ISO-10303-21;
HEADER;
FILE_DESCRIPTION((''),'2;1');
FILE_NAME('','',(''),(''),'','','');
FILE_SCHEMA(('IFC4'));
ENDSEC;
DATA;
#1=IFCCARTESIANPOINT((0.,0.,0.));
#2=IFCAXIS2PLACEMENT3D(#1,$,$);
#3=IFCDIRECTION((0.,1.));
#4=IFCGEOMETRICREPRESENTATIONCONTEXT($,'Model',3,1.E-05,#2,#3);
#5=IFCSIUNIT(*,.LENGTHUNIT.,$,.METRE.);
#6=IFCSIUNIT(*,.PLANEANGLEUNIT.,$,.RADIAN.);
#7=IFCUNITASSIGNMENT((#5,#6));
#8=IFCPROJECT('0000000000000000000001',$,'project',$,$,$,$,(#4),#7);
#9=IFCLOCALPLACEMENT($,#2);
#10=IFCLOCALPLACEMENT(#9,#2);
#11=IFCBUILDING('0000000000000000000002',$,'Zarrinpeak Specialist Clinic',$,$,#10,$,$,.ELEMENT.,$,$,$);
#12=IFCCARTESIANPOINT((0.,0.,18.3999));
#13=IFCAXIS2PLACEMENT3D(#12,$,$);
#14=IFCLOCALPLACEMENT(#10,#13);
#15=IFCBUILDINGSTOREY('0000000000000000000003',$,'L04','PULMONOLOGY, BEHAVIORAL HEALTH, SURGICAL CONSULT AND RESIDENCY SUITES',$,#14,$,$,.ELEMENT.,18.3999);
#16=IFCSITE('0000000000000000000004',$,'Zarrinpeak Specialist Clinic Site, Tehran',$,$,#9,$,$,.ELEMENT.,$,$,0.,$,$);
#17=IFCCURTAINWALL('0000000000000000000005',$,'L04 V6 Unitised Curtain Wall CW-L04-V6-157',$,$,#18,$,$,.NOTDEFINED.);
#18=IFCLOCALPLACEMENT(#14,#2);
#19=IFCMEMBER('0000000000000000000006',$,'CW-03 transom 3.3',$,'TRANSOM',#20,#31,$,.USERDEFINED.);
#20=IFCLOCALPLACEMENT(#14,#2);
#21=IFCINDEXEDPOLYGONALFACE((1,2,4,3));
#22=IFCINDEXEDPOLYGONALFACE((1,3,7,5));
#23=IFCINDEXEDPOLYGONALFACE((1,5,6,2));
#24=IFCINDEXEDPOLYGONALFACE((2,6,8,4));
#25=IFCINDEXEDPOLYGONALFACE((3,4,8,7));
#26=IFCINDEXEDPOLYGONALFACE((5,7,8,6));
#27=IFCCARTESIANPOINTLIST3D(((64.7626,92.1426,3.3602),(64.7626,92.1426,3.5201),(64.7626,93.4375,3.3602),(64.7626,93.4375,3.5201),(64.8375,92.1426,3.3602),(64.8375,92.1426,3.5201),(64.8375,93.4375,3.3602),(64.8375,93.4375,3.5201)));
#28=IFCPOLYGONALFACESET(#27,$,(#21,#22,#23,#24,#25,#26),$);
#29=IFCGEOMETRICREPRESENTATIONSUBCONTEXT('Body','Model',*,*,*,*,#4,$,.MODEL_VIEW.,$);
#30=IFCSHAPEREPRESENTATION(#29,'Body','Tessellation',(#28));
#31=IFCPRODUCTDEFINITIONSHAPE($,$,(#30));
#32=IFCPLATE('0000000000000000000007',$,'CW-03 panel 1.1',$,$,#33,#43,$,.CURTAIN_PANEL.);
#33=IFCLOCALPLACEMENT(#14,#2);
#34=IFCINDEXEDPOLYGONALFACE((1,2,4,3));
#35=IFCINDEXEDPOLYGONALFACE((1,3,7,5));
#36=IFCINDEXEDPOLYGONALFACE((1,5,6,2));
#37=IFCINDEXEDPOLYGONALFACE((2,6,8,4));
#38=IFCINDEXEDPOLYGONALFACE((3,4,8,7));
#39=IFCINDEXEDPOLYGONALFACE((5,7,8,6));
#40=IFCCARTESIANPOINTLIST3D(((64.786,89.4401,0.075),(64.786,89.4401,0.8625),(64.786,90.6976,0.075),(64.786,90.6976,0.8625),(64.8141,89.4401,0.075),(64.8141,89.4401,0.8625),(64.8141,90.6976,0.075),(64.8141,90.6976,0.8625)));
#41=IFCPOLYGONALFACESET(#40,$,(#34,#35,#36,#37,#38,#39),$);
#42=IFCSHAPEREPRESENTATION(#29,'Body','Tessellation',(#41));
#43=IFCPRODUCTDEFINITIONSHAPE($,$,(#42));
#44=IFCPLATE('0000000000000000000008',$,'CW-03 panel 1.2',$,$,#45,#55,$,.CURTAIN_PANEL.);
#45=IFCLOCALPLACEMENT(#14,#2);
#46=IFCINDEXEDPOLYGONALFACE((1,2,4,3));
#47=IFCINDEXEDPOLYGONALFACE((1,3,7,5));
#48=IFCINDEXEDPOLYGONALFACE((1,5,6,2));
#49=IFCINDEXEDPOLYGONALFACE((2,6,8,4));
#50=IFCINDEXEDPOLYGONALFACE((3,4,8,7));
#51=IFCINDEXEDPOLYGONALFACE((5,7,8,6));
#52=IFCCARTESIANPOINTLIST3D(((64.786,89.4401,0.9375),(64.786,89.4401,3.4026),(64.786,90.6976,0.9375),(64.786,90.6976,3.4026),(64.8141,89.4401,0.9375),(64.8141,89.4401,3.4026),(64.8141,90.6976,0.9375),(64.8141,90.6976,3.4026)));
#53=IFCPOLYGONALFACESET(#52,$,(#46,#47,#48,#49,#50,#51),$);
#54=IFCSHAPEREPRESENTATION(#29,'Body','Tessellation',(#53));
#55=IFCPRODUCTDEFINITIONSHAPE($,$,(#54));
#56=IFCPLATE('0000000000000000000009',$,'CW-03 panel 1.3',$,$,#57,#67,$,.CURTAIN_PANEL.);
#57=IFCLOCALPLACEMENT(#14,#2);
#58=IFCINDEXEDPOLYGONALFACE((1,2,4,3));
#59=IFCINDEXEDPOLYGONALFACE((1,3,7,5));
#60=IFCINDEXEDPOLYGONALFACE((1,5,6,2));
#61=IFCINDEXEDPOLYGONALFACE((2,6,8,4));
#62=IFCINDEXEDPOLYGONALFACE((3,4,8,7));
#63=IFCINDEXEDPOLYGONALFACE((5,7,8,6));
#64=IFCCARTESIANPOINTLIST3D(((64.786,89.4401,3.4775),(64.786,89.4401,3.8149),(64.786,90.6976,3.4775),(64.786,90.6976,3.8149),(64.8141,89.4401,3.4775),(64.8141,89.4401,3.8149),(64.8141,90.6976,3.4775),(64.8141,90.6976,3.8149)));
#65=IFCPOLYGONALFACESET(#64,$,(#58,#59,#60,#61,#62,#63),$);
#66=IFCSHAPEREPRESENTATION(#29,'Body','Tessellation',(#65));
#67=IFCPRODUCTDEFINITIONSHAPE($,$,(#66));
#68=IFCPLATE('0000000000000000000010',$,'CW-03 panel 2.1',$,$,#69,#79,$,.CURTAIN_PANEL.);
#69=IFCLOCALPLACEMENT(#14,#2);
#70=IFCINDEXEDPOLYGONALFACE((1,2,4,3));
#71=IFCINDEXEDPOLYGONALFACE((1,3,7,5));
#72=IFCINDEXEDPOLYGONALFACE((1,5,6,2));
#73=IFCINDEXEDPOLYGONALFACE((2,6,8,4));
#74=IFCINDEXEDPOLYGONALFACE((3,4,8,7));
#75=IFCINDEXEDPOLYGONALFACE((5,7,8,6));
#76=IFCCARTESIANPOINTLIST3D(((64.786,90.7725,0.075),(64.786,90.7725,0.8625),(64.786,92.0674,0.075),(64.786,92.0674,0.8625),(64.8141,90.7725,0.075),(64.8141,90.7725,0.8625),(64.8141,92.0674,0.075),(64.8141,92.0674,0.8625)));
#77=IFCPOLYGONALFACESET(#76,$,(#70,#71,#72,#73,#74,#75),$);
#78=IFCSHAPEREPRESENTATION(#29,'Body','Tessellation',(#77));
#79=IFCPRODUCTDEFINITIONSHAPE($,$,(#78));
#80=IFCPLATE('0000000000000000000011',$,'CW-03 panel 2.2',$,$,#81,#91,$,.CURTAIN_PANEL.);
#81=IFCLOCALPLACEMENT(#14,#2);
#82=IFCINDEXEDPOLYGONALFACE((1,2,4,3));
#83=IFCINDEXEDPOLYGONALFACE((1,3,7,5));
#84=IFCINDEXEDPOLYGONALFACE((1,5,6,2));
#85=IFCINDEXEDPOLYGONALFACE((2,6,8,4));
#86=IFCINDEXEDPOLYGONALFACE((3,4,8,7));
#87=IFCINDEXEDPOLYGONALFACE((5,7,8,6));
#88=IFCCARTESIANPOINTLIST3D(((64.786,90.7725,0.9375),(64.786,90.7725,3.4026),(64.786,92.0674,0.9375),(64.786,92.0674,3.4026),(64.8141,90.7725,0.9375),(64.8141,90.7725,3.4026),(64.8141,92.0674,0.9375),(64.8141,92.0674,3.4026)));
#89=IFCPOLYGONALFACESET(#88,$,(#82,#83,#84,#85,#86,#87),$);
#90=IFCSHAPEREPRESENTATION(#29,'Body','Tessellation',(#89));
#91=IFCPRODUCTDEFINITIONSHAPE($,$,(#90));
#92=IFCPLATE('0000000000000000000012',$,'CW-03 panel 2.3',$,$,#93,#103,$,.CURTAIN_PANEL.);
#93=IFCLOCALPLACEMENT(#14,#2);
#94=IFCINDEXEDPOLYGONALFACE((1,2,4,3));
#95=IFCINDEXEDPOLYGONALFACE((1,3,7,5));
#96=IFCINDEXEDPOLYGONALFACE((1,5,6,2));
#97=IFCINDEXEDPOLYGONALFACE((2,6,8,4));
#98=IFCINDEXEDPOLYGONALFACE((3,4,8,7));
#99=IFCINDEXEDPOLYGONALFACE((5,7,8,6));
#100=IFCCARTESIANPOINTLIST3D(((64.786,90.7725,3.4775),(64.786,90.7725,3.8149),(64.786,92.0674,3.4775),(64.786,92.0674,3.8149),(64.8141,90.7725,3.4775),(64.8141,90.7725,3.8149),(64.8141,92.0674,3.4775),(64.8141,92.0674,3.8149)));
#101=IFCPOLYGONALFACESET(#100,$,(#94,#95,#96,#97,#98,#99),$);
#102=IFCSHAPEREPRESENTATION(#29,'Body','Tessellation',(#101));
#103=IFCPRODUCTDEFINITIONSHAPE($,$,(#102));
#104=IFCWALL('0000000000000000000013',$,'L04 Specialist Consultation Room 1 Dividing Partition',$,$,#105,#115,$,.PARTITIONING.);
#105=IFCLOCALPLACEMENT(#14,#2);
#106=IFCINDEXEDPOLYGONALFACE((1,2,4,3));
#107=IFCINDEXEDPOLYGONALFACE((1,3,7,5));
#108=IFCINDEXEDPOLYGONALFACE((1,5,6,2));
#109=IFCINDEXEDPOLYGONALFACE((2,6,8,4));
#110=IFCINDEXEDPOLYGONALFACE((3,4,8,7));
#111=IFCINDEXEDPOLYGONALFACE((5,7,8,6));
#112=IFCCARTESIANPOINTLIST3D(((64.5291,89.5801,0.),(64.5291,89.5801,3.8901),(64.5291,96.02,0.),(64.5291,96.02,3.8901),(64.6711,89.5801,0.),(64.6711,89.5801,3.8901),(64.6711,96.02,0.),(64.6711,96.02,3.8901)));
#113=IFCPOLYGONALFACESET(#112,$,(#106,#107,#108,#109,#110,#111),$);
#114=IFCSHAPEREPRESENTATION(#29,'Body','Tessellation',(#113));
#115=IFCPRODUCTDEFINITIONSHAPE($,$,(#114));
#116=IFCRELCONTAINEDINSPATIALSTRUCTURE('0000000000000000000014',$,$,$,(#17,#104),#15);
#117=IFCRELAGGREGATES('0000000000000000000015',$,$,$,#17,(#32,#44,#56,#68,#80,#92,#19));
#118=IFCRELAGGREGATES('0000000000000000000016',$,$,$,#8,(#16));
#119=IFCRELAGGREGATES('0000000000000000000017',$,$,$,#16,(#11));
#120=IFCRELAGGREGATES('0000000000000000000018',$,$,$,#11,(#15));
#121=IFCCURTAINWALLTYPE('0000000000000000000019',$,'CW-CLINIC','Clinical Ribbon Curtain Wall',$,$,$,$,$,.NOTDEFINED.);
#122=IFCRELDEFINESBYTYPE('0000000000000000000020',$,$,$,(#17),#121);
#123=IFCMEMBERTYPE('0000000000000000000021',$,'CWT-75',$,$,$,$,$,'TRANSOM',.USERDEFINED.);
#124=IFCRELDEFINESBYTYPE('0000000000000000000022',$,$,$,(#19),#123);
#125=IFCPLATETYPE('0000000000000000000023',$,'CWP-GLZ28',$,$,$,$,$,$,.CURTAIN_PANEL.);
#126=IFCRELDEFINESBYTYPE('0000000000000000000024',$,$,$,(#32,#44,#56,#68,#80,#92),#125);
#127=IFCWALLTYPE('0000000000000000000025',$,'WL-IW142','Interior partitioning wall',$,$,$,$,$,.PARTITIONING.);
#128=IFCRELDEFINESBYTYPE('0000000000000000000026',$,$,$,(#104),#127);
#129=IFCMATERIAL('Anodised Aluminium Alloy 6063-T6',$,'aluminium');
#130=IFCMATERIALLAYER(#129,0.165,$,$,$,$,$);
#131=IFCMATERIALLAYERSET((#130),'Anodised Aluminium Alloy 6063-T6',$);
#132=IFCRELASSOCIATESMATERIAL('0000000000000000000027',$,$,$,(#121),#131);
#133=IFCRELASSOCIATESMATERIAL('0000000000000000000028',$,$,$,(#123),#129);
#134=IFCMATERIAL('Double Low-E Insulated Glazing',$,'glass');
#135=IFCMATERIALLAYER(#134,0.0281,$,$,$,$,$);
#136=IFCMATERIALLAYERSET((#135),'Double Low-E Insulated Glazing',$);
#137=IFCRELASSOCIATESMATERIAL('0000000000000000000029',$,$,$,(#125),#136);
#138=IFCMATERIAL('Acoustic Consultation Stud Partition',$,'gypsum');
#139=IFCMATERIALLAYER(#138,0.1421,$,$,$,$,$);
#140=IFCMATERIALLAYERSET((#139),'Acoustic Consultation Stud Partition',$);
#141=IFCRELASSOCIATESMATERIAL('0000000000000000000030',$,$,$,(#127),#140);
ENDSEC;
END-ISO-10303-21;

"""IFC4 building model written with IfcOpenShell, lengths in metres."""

from ifc_helpers import new_model, si_unit, direction, frame, frame_2d, origin, origin_2d, place, context, subcontext, project, spatial, rectangle, extrude, material, layer, layer_set, material_profile, profile_set, type_object, element, aggregate, save


model = new_model("IFC4")

# Units and contexts
model_context = context("Model", 3, precision=1e-05, world=origin(), true_north=direction((0.0, 1.0)))
body_context = subcontext(model_context, "Body", "Model", "MODEL_VIEW")
ifc_project = project(units=[si_unit("LENGTHUNIT", "METRE"), si_unit("PLANEANGLEUNIT", "RADIAN")], contexts=[model_context])

# Site, building, storey
site_placement = place(None, origin())
site = spatial("IfcSite", under=ifc_project, at=site_placement, Name="Zarrinpeak Specialist Clinic Site, Tehran", CompositionType="ELEMENT", RefElevation=0.0)
building_placement = place(site_placement, origin())
building = spatial("IfcBuilding", under=site, at=building_placement, Name="Zarrinpeak Specialist Clinic", CompositionType="ELEMENT")
storey_placement = place(building_placement, frame((0.0, 0.0, 18.3999)))
storey = spatial("IfcBuildingStorey", under=building, at=storey_placement, Name="L04", Description="PULMONOLOGY, BEHAVIORAL HEALTH, SURGICAL CONSULT AND RESIDENCY SUITES", CompositionType="ELEMENT", Elevation=18.3999)

# Curtain wall, member, plates
ifc_material_1 = material(Name="Anodised Aluminium Alloy 6063-T6", Category="aluminium")
ifc_layer_1 = layer(ifc_material_1, 0.165)
ifc_layer_set_1 = layer_set([ifc_layer_1], Name="Anodised Aluminium Alloy 6063-T6")
curtain_wall_type = type_object("IfcCurtainWallType", Name="CW-CLINIC", Description="Clinical Ribbon Curtain Wall", PredefinedType="NOTDEFINED", material=ifc_layer_set_1)
curtain_wall_placement = place(storey_placement, origin())
curtain_wall = element("IfcCurtainWall", 1, at=curtain_wall_placement, inside=storey, type_object=curtain_wall_type, Name="L04 V6 Unitised Curtain Wall CW-L04-V6-157", PredefinedType="NOTDEFINED")
ifc_material_profile_1 = material_profile(ifc_material_1, rectangle(XDim=0.075, YDim=0.1599, at=origin_2d()), Name="ALU 75x160")
ifc_profile_set_1 = profile_set([ifc_material_profile_1], Name="Anodised Aluminium Alloy 6063-T6")
member_type_1 = type_object("IfcMemberType", Name="CWT-75", ElementType="TRANSOM", PredefinedType="USERDEFINED", material=ifc_profile_set_1)
member_1_placement = place(storey_placement, frame((64.8, 92.1426, 3.4402), z_axis=(0.0, 1.0, 0.0), x_axis=(-1.0, 0.0, 0.0)))
member_1 = element("IfcMember", 2, at=member_1_placement, type_object=member_type_1, Name="CW-03 transom 3.3", ObjectType="TRANSOM", PredefinedType="USERDEFINED", context=body_context, shape_type="SweptSolid", body=[
    extrude(rectangle(XDim=0.075, YDim=0.1599, at=origin_2d()), origin(), (0.0, 0.0, 1.0), 1.2949),
])
ifc_material_2 = material(Name="Double Low-E Insulated Glazing", Category="glass")
ifc_layer_2 = layer(ifc_material_2, 0.0281)
ifc_layer_set_2 = layer_set([ifc_layer_2], Name="Double Low-E Insulated Glazing")
plate_type = type_object("IfcPlateType", Name="CWP-GLZ28", PredefinedType="CURTAIN_PANEL", material=ifc_layer_set_2)
plate_1_placement = place(storey_placement, frame((64.8, 90.0688, 0.075), z_axis=(0.0, 0.0, 1.0), x_axis=(0.0, 1.0, 0.0)))
plate_1 = element("IfcPlate", 3, at=plate_1_placement, type_object=plate_type, Name="CW-03 panel 1.1", PredefinedType="CURTAIN_PANEL", context=body_context, shape_type="SweptSolid", body=[
    extrude(rectangle(XDim=1.2576, YDim=0.0281, at=origin_2d()), origin(), (0.0, 0.0, 1.0), 0.7876),
])
plate_2_placement = place(storey_placement, frame((64.8, 90.0688, 0.9375), z_axis=(0.0, 0.0, 1.0), x_axis=(0.0, 1.0, 0.0)))
plate_2 = element("IfcPlate", 4, at=plate_2_placement, type_object=plate_type, Name="CW-03 panel 1.2", PredefinedType="CURTAIN_PANEL", context=body_context, shape_type="SweptSolid", body=[
    extrude(rectangle(XDim=1.2576, YDim=0.0281, at=origin_2d()), origin(), (0.0, 0.0, 1.0), 2.4651),
])
plate_3_placement = place(storey_placement, frame((64.8, 90.0688, 3.4775), z_axis=(0.0, 0.0, 1.0), x_axis=(0.0, 1.0, 0.0)))
plate_3 = element("IfcPlate", 5, at=plate_3_placement, type_object=plate_type, Name="CW-03 panel 1.3", PredefinedType="CURTAIN_PANEL", context=body_context, shape_type="SweptSolid", body=[
    extrude(rectangle(XDim=1.2576, YDim=0.0281, at=origin_2d()), origin(), (0.0, 0.0, 1.0), 0.3374),
])
plate_4_placement = place(storey_placement, frame((64.8, 91.4199, 0.075), z_axis=(0.0, 0.0, 1.0), x_axis=(0.0, 1.0, 0.0)))
plate_4 = element("IfcPlate", 6, at=plate_4_placement, type_object=plate_type, Name="CW-03 panel 2.1", PredefinedType="CURTAIN_PANEL", context=body_context, shape_type="SweptSolid", body=[
    extrude(rectangle(XDim=1.2949, YDim=0.0281, at=origin_2d()), origin(), (0.0, 0.0, 1.0), 0.7876),
])
plate_5_placement = place(storey_placement, frame((64.8, 91.4199, 0.9375), z_axis=(0.0, 0.0, 1.0), x_axis=(0.0, 1.0, 0.0)))
plate_5 = element("IfcPlate", 7, at=plate_5_placement, type_object=plate_type, Name="CW-03 panel 2.2", PredefinedType="CURTAIN_PANEL", context=body_context, shape_type="SweptSolid", body=[
    extrude(rectangle(XDim=1.2949, YDim=0.0281, at=origin_2d()), origin(), (0.0, 0.0, 1.0), 2.4651),
])
plate_6_placement = place(storey_placement, frame((64.8, 91.4199, 3.4775), z_axis=(0.0, 0.0, 1.0), x_axis=(0.0, 1.0, 0.0)))
plate_6 = element("IfcPlate", 8, at=plate_6_placement, type_object=plate_type, Name="CW-03 panel 2.3", PredefinedType="CURTAIN_PANEL", context=body_context, shape_type="SweptSolid", body=[
    extrude(rectangle(XDim=1.2949, YDim=0.0281, at=origin_2d()), origin(), (0.0, 0.0, 1.0), 0.3374),
])
aggregate(curtain_wall, [plate_1, plate_2, plate_3, plate_4, plate_5, plate_6, member_1])

# Wall
ifc_material_3 = material(Name="Acoustic Consultation Stud Partition", Category="gypsum")
ifc_layer_3 = layer(ifc_material_3, 0.1421)
ifc_layer_set_3 = layer_set([ifc_layer_3], Name="Acoustic Consultation Stud Partition")
wall_type = type_object("IfcWallType", Name="WL-IW142", Description="Interior partitioning wall", PredefinedType="PARTITIONING", material=ifc_layer_set_3)
wall_placement = place(storey_placement, frame((64.6001, 89.5801, 0.0), z_axis=(0.0, 0.0, 1.0), x_axis=(0.0, 1.0, 0.0)))
element("IfcWall", 9, at=wall_placement, inside=storey, type_object=wall_type, Name="L04 Specialist Consultation Room 1 Dividing Partition", PredefinedType="PARTITIONING", context=body_context, shape_type="SweptSolid", body=[
    extrude(rectangle(XDim=6.4399, YDim=0.1421, at=frame_2d((3.22, 0.0))), origin(), (0.0, 0.0, 1.0), 3.8901),
])

save(model, "model.ifc")
